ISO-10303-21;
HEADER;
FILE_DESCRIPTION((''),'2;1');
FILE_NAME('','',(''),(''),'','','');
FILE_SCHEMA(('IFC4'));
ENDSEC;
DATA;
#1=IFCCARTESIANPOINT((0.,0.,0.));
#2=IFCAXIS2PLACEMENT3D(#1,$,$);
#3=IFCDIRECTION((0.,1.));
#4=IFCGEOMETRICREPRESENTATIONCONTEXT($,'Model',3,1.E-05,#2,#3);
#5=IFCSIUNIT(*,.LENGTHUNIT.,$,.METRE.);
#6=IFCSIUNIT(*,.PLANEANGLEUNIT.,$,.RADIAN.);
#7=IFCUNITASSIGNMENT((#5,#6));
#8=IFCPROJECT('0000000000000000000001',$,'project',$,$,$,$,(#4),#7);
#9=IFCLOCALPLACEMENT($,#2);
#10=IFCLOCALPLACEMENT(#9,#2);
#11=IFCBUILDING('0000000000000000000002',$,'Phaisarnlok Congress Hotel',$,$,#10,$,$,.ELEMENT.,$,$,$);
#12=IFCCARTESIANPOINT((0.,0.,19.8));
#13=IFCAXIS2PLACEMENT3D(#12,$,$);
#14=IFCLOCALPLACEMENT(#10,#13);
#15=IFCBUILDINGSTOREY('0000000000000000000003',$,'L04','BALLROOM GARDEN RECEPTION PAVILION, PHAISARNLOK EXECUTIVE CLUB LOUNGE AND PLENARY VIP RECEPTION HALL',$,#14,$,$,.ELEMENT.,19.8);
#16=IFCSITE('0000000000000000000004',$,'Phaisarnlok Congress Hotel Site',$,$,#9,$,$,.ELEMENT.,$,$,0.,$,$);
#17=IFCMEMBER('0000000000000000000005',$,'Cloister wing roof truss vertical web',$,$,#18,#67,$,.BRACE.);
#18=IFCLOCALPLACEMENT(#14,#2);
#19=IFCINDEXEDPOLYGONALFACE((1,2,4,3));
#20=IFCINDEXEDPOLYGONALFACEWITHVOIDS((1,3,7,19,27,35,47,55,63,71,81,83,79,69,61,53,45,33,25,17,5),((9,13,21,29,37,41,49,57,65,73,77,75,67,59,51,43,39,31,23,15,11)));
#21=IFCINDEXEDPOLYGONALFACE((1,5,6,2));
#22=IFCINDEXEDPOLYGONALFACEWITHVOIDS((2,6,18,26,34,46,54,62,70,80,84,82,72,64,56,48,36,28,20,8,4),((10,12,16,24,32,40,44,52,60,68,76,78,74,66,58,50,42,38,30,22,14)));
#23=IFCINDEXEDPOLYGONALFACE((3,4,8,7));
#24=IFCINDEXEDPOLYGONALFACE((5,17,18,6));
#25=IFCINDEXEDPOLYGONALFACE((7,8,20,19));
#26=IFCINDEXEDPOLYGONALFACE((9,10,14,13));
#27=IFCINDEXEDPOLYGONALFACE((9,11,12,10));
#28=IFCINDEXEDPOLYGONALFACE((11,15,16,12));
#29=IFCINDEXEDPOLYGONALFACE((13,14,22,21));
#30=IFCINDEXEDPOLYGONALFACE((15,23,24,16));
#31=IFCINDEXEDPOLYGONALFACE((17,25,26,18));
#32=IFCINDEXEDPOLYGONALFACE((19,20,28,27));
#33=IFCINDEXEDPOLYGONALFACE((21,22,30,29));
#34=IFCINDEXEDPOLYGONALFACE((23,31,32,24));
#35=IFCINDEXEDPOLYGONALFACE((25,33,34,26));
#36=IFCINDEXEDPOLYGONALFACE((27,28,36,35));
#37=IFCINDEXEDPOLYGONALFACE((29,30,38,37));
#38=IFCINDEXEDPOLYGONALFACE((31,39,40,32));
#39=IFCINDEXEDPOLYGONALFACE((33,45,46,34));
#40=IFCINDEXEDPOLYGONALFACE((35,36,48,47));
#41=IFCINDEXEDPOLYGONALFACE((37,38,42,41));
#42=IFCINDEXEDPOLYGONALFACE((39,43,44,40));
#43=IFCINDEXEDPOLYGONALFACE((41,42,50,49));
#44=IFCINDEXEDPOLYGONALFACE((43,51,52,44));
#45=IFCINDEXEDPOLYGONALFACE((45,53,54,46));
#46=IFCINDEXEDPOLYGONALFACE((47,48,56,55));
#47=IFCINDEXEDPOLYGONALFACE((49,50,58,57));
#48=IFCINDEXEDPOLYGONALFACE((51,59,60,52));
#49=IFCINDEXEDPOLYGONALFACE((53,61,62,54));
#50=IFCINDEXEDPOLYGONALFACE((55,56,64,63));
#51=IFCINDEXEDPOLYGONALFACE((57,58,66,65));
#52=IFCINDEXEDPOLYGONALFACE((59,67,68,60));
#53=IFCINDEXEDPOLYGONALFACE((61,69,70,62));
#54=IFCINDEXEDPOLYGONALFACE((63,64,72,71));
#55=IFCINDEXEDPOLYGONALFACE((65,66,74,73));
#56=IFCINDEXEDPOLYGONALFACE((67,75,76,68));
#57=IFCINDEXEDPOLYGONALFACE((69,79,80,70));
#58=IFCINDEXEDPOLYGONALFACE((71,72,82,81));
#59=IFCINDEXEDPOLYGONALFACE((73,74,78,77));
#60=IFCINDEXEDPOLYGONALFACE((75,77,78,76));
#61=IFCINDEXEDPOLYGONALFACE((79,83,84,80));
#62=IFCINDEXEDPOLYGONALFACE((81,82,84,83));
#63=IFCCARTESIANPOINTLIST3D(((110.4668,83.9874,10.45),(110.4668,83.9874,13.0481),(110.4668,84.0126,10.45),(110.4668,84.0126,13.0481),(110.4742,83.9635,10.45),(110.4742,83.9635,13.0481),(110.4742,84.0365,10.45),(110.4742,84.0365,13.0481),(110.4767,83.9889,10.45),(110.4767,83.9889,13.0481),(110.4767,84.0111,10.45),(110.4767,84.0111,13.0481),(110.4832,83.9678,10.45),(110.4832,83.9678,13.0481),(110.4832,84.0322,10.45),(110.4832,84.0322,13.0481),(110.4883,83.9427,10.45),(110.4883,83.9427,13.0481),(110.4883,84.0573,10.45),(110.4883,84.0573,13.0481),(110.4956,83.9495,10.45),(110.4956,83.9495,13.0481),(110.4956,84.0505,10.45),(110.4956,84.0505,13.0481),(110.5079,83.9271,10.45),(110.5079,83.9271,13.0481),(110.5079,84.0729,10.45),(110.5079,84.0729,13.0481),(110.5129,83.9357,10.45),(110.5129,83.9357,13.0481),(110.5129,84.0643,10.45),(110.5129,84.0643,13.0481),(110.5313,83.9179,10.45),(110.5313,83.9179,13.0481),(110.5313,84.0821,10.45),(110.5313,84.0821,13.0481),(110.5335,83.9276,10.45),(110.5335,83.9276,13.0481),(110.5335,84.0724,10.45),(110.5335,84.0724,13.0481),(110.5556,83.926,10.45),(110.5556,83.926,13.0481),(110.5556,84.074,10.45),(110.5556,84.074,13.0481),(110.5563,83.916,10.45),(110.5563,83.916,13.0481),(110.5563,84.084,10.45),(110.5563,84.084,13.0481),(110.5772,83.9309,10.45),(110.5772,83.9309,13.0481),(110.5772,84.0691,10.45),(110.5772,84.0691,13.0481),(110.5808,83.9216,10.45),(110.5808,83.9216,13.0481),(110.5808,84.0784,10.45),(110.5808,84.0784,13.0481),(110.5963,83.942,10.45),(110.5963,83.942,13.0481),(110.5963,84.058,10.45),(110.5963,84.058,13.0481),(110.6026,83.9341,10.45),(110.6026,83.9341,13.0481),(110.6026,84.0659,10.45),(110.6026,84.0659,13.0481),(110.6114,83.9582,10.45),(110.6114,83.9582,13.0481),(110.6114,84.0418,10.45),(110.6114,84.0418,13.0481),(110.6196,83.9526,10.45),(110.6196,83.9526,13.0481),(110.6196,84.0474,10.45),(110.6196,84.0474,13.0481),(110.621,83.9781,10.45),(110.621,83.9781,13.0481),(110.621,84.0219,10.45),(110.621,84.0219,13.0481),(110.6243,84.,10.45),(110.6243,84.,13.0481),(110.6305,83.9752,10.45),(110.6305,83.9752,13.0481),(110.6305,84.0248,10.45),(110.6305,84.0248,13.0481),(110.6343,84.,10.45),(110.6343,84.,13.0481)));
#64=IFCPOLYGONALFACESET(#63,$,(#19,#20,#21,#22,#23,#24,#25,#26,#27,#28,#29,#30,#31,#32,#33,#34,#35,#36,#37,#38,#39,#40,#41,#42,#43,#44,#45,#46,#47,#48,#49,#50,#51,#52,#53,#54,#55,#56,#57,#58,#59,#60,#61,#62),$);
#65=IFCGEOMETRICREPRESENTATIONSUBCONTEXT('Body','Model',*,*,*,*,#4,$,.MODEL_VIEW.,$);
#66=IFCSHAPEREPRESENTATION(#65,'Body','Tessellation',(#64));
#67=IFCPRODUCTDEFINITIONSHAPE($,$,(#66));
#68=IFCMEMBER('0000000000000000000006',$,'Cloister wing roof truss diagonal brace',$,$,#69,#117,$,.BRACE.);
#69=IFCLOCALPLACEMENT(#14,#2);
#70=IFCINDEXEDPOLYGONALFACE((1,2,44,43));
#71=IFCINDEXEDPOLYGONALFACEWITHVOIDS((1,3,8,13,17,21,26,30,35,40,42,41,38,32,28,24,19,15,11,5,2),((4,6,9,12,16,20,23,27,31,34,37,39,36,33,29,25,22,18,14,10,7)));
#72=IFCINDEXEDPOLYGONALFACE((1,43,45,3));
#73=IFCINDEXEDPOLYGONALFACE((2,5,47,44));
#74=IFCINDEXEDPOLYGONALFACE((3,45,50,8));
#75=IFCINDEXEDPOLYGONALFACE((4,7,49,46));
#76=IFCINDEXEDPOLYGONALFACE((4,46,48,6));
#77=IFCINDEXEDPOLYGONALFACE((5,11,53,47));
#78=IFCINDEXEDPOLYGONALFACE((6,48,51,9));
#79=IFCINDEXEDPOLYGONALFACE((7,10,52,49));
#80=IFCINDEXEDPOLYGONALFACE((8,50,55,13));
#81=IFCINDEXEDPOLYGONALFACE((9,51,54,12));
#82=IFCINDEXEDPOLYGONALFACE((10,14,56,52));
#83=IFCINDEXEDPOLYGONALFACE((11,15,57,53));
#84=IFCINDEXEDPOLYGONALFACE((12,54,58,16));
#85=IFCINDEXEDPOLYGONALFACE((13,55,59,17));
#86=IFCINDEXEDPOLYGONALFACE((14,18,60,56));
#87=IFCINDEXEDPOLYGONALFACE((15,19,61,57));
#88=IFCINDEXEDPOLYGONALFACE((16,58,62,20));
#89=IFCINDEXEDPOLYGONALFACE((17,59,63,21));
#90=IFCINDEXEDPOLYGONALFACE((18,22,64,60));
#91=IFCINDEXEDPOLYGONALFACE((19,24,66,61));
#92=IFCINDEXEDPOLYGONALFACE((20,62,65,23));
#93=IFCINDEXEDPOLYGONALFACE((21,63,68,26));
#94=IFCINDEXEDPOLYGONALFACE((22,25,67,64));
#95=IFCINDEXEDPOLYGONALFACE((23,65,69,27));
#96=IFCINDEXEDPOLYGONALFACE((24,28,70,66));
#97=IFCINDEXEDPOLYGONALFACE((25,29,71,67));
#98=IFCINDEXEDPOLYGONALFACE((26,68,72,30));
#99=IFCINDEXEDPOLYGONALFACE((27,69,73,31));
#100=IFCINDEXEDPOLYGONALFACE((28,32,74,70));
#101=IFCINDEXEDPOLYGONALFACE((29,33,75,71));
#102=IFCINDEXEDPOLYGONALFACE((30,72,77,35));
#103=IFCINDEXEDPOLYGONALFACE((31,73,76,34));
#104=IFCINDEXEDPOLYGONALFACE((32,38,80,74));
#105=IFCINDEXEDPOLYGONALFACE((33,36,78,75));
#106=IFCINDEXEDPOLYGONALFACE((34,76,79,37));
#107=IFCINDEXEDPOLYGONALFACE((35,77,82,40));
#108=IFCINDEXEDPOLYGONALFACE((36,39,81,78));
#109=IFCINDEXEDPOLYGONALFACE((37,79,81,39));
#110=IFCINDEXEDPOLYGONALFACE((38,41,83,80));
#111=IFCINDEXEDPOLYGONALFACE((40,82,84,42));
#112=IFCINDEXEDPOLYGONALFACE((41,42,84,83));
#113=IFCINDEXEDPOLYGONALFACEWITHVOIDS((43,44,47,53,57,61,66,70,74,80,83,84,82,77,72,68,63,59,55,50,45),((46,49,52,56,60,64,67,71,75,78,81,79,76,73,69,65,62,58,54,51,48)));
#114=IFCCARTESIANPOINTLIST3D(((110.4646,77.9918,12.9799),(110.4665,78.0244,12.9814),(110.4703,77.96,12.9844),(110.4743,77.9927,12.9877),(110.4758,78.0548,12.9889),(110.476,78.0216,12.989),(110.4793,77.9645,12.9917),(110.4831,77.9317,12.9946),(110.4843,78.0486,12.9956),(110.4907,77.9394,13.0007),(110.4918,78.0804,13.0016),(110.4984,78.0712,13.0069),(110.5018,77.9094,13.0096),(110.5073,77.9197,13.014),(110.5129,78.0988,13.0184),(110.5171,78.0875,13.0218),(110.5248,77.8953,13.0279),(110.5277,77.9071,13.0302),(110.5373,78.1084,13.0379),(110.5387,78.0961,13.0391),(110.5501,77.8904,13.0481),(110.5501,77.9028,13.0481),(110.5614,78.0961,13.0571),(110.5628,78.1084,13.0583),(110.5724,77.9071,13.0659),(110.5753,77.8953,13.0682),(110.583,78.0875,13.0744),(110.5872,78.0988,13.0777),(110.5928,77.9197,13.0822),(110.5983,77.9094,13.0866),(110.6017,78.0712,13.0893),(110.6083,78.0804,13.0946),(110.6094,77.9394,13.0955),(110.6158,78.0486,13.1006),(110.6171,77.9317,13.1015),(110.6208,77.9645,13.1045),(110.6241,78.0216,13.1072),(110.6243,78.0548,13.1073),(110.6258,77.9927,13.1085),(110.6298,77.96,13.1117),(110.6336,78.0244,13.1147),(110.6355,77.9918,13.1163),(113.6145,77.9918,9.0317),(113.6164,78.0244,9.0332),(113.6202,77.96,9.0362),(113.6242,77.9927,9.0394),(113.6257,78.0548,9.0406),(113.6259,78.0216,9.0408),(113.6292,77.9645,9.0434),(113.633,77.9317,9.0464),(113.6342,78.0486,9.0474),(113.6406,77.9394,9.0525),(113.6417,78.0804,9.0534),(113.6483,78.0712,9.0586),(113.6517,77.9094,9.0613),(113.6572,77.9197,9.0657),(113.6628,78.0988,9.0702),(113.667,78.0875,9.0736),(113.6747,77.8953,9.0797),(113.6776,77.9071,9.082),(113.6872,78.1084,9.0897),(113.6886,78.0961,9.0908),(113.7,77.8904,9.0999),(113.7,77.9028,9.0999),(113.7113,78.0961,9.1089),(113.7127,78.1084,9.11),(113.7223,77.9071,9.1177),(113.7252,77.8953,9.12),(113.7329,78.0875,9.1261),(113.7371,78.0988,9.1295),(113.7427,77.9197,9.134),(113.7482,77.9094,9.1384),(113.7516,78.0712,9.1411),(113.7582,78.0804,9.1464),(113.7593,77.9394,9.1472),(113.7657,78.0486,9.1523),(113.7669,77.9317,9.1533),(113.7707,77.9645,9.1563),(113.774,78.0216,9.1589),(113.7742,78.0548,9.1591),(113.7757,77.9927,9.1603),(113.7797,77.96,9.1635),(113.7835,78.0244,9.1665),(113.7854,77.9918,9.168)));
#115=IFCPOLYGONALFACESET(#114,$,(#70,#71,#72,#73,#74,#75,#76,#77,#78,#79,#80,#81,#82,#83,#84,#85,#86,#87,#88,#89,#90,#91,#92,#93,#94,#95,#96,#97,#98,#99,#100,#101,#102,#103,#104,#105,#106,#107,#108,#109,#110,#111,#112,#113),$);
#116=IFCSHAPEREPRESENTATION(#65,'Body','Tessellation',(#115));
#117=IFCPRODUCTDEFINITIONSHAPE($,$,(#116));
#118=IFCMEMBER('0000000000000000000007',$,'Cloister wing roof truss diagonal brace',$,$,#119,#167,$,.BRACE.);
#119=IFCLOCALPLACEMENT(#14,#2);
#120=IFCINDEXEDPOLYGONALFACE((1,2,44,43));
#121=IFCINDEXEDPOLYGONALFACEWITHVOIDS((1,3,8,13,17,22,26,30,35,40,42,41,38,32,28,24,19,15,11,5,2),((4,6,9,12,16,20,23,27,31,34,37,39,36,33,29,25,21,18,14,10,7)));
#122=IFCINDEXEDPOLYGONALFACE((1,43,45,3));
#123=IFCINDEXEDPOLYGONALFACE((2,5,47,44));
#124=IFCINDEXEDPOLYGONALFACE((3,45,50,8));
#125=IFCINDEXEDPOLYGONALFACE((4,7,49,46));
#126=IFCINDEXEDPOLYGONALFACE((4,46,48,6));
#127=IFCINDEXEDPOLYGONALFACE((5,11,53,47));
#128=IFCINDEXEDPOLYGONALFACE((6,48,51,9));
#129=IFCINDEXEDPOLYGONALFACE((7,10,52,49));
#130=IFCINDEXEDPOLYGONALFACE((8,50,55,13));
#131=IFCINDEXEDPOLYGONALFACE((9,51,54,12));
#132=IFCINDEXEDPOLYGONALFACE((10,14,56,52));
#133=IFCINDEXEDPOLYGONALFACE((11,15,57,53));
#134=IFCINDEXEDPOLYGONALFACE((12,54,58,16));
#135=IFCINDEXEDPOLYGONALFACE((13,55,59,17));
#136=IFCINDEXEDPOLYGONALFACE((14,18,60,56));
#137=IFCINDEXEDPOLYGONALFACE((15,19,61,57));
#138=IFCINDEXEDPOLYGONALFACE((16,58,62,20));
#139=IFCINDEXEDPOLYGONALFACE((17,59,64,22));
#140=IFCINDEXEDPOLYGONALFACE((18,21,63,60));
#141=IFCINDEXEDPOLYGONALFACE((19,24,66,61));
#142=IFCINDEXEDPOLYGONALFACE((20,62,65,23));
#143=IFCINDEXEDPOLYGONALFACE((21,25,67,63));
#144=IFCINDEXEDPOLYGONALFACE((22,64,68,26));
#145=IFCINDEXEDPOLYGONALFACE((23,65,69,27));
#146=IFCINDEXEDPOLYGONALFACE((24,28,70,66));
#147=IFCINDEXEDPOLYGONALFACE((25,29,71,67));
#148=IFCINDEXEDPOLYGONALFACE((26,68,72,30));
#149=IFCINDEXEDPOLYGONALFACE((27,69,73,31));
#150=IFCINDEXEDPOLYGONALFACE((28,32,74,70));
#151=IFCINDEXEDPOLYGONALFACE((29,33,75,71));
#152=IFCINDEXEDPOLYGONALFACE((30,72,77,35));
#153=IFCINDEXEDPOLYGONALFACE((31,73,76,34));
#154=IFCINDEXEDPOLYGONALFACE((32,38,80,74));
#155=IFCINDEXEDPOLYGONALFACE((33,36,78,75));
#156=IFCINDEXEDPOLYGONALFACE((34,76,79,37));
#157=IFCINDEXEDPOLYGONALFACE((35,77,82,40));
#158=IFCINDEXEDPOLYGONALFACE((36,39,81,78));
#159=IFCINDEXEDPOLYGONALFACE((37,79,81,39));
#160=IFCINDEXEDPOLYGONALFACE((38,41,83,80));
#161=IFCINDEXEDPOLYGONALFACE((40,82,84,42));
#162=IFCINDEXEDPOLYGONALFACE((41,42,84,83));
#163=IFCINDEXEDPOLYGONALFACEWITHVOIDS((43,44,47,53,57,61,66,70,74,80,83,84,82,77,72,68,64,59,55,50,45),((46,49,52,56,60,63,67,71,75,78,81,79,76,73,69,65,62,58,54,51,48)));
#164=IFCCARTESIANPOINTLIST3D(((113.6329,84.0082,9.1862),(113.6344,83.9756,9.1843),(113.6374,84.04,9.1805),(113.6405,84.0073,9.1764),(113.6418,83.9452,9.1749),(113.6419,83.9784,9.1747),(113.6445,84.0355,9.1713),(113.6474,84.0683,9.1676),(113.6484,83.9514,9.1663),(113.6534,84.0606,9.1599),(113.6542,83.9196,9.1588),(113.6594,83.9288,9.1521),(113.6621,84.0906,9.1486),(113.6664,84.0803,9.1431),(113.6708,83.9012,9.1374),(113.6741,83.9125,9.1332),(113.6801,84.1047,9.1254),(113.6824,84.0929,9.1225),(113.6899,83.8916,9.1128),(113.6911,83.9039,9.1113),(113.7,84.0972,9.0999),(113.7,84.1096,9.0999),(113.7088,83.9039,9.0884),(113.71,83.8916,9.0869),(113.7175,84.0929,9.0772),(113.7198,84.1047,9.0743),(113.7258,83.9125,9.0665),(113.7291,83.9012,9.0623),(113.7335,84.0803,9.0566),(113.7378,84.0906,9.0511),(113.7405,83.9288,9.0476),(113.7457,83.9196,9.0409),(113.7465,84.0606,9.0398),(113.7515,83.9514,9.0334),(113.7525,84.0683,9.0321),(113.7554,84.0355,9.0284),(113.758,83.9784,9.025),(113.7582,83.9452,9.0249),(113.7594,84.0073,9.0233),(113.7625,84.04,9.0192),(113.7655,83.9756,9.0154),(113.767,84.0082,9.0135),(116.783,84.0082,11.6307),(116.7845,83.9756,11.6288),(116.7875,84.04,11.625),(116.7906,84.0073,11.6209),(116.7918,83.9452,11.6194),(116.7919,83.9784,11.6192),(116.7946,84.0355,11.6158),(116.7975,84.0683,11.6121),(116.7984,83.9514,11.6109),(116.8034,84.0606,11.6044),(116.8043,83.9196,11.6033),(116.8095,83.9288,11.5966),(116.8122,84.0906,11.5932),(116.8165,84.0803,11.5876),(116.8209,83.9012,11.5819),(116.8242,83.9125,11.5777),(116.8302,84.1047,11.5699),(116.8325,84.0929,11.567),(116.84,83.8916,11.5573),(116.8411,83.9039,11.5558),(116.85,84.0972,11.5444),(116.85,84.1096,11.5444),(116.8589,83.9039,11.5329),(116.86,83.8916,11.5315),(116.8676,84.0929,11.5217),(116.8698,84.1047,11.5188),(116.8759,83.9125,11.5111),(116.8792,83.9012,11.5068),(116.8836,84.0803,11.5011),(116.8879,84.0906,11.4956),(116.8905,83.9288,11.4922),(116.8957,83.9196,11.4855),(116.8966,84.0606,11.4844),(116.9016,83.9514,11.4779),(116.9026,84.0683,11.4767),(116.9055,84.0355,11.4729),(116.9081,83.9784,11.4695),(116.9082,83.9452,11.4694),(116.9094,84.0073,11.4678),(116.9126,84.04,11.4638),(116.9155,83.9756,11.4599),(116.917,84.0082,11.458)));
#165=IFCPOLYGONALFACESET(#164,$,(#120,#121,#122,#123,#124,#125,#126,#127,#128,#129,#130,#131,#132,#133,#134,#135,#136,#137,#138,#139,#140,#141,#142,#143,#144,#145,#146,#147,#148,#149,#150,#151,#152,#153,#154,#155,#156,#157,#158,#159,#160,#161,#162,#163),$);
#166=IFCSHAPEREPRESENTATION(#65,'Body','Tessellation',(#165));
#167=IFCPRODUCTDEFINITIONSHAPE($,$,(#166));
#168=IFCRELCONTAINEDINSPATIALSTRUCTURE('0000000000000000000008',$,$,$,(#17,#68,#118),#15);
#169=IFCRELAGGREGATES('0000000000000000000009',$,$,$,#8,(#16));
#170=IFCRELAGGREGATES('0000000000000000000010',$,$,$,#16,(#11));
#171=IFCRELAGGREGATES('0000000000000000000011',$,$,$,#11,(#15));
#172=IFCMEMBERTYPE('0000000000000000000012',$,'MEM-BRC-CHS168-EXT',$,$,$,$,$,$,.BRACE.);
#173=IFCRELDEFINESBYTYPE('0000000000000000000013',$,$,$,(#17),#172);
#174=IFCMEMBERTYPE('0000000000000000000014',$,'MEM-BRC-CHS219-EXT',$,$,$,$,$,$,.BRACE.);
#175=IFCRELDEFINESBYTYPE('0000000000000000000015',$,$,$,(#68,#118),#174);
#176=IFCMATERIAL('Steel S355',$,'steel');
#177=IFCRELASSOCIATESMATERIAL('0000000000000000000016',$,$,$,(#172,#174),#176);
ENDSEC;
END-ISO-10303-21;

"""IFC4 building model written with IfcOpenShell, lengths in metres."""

from ifc_helpers import new_model, si_unit, direction, frame, origin, origin_2d, place, context, subcontext, project, spatial, hollow_circle, extrude, material, material_profile, profile_set, type_object, element, save


model = new_model("IFC4")

# Units and contexts
model_context = context("Model", 3, precision=1e-05, world=origin(), true_north=direction((0.0, 1.0)))
body_context = subcontext(model_context, "Body", "Model", "MODEL_VIEW")
ifc_project = project(units=[si_unit("LENGTHUNIT", "METRE"), si_unit("PLANEANGLEUNIT", "RADIAN")], contexts=[model_context])

# Site, building, storey
site_placement = place(None, origin())
site = spatial("IfcSite", under=ifc_project, at=site_placement, Name="Phaisarnlok Congress Hotel Site", CompositionType="ELEMENT", RefElevation=0.0)
building_placement = place(site_placement, origin())
building = spatial("IfcBuilding", under=site, at=building_placement, Name="Phaisarnlok Congress Hotel", CompositionType="ELEMENT")
storey_placement = place(building_placement, frame((0.0, 0.0, 19.8)))
storey = spatial("IfcBuildingStorey", under=building, at=storey_placement, Name="L04", Description="BALLROOM GARDEN RECEPTION PAVILION, PHAISARNLOK EXECUTIVE CLUB LOUNGE AND PLENARY VIP RECEPTION HALL", CompositionType="ELEMENT", Elevation=19.8)

# Shared definitions
ifc_material_1 = material(Name="Steel S355", Category="steel")

# Members
ifc_material_profile_1 = material_profile(ifc_material_1, hollow_circle(Radius=0.0842, WallThickness=0.01, at=origin_2d()), Name="CHS 168.3x10")
ifc_profile_set_1 = profile_set([ifc_material_profile_1], Name="Steel S355")
member_type_1 = type_object("IfcMemberType", Name="MEM-BRC-CHS168-EXT", PredefinedType="BRACE", material=ifc_profile_set_1)
member_1_placement = place(storey_placement, frame((110.55, 84.0, 10.45), z_axis=(0.0, 0.0, 1.0), x_axis=(1.0, 0.0, 0.0)))
element("IfcMember", 1, at=member_1_placement, inside=storey, type_object=member_type_1, Name="Cloister wing roof truss vertical web", PredefinedType="BRACE", context=body_context, shape_type="SweptSolid", body=[
    extrude(hollow_circle(Radius=0.0842, WallThickness=0.01, at=origin_2d()), origin(), (0.0, 0.0, 1.0), 2.5981),
])
ifc_material_profile_2 = material_profile(ifc_material_1, hollow_circle(Radius=0.1096, WallThickness=0.0125, at=origin_2d()), Name="CHS 219.1x12.5")
ifc_profile_set_2 = profile_set([ifc_material_profile_2], Name="Steel S355")
member_type_2 = type_object("IfcMemberType", Name="MEM-BRC-CHS219-EXT", PredefinedType="BRACE", material=ifc_profile_set_2)
member_2_placement = place(storey_placement, frame((113.7, 78.0, 9.0999), z_axis=(-0.623645, 0.0, 0.781708), x_axis=(0.0, -1.0, 0.0)))
element("IfcMember", 2, at=member_2_placement, inside=storey, type_object=member_type_2, Name="Cloister wing roof truss diagonal brace", PredefinedType="BRACE", context=body_context, shape_type="SweptSolid", body=[
    extrude(hollow_circle(Radius=0.1096, WallThickness=0.0125, at=origin_2d()), origin(), (0.0, 0.0, 1.0), 5.0508),
])
member_3_placement = place(storey_placement, frame((113.7, 84.0, 9.0999), z_axis=(0.790024, 0.0, 0.613076), x_axis=(0.0, 1.0, 0.0)))
element("IfcMember", 3, at=member_3_placement, inside=storey, type_object=member_type_2, Name="Cloister wing roof truss diagonal brace", PredefinedType="BRACE", context=body_context, shape_type="SweptSolid", body=[
    extrude(hollow_circle(Radius=0.1096, WallThickness=0.0125, at=origin_2d()), origin(), (0.0, 0.0, 1.0), 3.9873),
])

save(model, "model.ifc")
